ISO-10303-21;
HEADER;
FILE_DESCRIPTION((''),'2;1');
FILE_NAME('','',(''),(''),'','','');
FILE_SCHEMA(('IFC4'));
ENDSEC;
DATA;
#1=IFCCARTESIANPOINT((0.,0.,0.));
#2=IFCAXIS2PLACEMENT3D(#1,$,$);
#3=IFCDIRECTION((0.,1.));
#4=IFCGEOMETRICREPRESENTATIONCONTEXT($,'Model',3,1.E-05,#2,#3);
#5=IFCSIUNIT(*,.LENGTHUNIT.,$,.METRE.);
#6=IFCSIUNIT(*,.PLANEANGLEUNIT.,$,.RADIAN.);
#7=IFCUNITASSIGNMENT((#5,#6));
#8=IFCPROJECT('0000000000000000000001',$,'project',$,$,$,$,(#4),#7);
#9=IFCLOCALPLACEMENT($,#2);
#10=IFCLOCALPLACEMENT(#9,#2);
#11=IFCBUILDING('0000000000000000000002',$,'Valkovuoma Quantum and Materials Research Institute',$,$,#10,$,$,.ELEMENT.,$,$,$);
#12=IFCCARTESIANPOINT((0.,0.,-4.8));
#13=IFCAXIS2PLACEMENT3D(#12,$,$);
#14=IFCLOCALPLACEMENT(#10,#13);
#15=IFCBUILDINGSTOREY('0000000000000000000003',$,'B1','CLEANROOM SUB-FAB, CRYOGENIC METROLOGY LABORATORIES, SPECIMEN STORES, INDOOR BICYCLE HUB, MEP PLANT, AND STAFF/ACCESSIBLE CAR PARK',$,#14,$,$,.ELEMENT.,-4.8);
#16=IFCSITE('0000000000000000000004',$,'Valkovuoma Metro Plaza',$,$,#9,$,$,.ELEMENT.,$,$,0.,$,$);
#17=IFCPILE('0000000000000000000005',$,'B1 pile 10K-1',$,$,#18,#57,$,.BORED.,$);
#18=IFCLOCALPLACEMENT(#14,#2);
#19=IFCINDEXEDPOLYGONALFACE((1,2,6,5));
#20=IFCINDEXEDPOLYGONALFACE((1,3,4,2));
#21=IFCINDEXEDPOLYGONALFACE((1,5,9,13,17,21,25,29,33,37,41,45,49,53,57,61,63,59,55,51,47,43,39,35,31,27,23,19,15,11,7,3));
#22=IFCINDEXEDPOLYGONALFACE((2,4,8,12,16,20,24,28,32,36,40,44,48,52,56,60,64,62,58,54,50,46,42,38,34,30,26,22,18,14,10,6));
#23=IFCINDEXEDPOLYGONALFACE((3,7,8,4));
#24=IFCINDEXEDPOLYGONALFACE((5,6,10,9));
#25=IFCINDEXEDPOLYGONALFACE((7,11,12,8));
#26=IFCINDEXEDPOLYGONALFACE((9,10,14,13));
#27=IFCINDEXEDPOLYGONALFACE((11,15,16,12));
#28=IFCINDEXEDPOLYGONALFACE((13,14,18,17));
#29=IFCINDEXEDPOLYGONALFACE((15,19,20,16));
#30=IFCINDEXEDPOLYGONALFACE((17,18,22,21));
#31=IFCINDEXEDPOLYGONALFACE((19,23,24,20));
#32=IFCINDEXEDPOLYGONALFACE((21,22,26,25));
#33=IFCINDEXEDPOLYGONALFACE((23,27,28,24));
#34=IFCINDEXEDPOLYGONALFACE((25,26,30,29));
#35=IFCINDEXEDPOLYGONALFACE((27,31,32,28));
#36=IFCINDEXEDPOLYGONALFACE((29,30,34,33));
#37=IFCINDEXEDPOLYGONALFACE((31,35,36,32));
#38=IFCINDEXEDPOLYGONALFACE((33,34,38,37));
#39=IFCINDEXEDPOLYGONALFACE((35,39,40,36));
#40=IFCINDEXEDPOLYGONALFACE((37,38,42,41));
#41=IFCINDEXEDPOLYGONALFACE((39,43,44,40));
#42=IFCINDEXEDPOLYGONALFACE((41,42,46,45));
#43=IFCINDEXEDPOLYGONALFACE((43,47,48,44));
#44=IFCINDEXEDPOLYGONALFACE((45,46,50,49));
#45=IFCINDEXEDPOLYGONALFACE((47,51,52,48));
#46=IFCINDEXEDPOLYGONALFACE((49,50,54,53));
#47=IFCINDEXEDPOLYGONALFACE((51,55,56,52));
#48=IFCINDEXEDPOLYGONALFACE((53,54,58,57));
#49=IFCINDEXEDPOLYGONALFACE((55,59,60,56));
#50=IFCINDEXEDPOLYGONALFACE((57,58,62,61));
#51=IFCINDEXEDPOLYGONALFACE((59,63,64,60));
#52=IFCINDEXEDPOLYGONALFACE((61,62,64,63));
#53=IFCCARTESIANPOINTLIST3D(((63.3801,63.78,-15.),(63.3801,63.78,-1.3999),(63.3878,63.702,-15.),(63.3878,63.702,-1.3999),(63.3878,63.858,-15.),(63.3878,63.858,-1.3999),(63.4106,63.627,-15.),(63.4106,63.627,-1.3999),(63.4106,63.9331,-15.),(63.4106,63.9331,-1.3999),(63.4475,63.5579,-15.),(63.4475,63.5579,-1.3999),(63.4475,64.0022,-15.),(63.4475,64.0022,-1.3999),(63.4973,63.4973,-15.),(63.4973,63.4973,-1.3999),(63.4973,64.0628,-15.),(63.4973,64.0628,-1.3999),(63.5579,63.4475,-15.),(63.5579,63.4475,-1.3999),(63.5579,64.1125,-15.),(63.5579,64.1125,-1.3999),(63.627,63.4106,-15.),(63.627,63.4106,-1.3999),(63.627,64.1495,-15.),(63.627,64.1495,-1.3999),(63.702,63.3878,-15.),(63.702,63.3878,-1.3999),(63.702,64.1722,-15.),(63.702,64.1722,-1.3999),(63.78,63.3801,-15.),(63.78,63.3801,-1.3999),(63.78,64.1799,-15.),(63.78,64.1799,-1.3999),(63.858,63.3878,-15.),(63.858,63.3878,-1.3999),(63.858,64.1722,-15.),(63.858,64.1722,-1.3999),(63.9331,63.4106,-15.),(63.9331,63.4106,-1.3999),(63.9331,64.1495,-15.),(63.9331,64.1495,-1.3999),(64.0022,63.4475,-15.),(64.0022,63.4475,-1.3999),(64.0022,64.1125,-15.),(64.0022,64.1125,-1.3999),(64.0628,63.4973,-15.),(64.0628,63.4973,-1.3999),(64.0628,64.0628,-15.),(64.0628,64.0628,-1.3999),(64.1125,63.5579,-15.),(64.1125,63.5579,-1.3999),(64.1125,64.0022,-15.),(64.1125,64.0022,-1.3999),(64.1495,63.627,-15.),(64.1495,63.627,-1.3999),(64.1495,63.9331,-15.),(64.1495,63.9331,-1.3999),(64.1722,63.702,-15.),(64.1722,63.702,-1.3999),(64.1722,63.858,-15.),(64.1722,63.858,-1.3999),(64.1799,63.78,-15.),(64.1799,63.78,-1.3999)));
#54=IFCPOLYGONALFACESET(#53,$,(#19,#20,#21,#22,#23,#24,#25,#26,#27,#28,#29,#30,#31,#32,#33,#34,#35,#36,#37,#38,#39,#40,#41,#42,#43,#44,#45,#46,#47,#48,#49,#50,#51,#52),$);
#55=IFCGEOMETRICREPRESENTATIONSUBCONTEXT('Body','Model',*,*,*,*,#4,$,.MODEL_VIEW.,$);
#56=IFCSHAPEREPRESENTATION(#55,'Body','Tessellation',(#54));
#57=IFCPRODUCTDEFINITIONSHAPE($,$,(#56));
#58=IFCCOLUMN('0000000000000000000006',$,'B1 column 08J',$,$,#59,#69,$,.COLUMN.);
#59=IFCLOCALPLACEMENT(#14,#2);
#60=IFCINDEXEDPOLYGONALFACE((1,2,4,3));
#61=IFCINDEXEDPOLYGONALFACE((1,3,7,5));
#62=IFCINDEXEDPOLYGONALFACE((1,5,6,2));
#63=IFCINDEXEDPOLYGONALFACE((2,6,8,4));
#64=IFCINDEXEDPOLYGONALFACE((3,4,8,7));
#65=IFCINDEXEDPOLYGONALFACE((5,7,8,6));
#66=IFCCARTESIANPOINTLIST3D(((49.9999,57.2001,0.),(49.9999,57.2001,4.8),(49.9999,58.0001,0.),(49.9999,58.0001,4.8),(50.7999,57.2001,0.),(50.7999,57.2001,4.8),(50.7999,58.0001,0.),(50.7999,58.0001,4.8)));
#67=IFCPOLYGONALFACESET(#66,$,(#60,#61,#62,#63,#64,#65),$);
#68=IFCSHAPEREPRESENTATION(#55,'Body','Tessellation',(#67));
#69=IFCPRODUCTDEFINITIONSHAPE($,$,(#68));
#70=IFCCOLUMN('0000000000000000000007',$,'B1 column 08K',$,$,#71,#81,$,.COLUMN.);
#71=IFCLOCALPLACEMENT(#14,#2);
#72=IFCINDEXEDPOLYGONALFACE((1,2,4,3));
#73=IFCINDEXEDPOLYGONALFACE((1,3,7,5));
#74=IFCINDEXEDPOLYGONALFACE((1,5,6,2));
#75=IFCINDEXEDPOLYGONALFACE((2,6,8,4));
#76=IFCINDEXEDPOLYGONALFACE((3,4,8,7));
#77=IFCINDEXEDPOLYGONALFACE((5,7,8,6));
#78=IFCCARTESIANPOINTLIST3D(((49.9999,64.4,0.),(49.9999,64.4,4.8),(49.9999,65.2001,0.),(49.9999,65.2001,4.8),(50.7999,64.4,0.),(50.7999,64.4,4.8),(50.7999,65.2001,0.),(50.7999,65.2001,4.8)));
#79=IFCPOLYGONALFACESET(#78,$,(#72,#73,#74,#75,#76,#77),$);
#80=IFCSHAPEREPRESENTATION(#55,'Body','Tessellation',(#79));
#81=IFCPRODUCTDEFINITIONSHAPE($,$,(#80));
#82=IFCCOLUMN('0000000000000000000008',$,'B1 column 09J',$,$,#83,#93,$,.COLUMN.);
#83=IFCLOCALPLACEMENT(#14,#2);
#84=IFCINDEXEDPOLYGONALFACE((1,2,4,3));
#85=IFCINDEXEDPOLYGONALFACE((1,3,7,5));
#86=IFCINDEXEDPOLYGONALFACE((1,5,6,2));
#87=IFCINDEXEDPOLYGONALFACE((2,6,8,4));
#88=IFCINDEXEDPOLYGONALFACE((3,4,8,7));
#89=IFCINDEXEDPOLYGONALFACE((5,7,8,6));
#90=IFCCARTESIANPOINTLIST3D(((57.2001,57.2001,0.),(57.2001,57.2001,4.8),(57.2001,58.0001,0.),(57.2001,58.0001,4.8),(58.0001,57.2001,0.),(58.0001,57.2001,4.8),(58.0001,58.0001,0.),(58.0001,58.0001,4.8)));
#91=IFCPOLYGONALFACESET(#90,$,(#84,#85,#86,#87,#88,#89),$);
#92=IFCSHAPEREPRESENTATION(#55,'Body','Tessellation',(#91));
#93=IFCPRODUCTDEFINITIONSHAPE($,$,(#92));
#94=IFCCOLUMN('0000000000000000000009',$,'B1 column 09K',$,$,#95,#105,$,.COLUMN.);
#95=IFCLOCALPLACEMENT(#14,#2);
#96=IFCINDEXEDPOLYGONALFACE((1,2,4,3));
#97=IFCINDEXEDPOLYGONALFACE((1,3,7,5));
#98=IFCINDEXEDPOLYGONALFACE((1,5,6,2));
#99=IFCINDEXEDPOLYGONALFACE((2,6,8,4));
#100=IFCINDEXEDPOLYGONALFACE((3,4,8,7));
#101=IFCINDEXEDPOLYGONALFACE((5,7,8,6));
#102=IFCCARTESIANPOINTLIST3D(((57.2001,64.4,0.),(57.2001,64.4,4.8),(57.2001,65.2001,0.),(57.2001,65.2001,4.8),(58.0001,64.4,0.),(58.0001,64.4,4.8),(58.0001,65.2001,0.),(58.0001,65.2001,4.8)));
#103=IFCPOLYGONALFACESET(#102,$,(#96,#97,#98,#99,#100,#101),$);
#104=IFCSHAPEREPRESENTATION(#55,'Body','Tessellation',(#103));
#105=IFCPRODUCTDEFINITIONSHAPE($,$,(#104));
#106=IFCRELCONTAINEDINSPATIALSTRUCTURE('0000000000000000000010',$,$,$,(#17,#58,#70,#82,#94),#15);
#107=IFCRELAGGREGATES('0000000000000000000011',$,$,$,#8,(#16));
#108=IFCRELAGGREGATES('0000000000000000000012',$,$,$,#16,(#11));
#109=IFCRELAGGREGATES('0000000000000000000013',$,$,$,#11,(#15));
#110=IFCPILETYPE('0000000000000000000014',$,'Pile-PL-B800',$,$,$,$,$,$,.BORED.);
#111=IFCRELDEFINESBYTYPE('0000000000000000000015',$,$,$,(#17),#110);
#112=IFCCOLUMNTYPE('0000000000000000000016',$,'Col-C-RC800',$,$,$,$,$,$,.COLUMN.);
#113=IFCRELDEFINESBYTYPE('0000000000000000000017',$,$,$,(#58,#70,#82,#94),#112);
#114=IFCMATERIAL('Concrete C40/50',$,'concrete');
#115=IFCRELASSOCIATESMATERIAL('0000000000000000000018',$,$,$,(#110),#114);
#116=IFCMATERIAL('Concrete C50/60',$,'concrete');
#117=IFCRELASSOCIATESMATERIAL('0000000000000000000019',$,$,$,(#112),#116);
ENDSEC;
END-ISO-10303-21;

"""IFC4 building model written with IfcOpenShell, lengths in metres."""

from ifc_helpers import new_model, si_unit, direction, frame, origin, origin_2d, place, context, subcontext, project, spatial, rectangle, circle, extrude, material, material_profile, profile_set, type_object, element, save


model = new_model("IFC4")

# Units and contexts
model_context = context("Model", 3, precision=1e-05, world=origin(), true_north=direction((0.0, 1.0)))
body_context = subcontext(model_context, "Body", "Model", "MODEL_VIEW")
ifc_project = project(units=[si_unit("LENGTHUNIT", "METRE"), si_unit("PLANEANGLEUNIT", "RADIAN")], contexts=[model_context])

# Site, building, storey
site_placement = place(None, origin())
site = spatial("IfcSite", under=ifc_project, at=site_placement, Name="Valkovuoma Metro Plaza", CompositionType="ELEMENT", RefElevation=0.0)
building_placement = place(site_placement, origin())
building = spatial("IfcBuilding", under=site, at=building_placement, Name="Valkovuoma Quantum and Materials Research Institute", CompositionType="ELEMENT")
storey_placement = place(building_placement, frame((0.0, 0.0, -4.8)))
storey = spatial("IfcBuildingStorey", under=building, at=storey_placement, Name="B1", Description="CLEANROOM SUB-FAB, CRYOGENIC METROLOGY LABORATORIES, SPECIMEN STORES, INDOOR BICYCLE HUB, MEP PLANT, AND STAFF/ACCESSIBLE CAR PARK", CompositionType="ELEMENT", Elevation=-4.8)

# Pile
ifc_material_1 = material(Name="Concrete C40/50", Category="concrete")
ifc_material_profile_1 = material_profile(ifc_material_1, circle(Radius=0.3999, at=origin_2d()), Name="Concrete C40/50")
ifc_profile_set_1 = profile_set([ifc_material_profile_1], Name="Concrete C40/50")
pile_type_1 = type_object("IfcPileType", Name="Pile-PL-B800", PredefinedType="BORED", material=ifc_profile_set_1)
pile_1_placement = place(storey_placement, frame((63.78, 63.78, -1.3999), z_axis=(0.0, 0.0, -1.0), x_axis=(1.0, 0.0, 0.0)))
element("IfcPile", 1, at=pile_1_placement, inside=storey, type_object=pile_type_1, Name="B1 pile 10K-1", PredefinedType="BORED", context=body_context, shape_type="SweptSolid", body=[
    extrude(circle(Radius=0.3999, at=origin_2d()), origin(), (0.0, 0.0, 1.0), 13.6001),
])

# Columns
ifc_material_2 = material(Name="Concrete C50/60", Category="concrete")
ifc_material_profile_2 = material_profile(ifc_material_2, rectangle(XDim=0.8, YDim=0.8, at=origin_2d()), Name="Concrete C50/60")
ifc_profile_set_2 = profile_set([ifc_material_profile_2], Name="Concrete C50/60")
column_type = type_object("IfcColumnType", Name="Col-C-RC800", PredefinedType="COLUMN", material=ifc_profile_set_2)
for number, where, z_axis, x_axis, name in (
    (2, (50.3999, 57.6001, 0.0), (0.0, 0.0, 1.0), (1.0, 0.0, 0.0), "B1 column 08J"),
    (3, (50.3999, 64.8, 0.0), (0.0, 0.0, 1.0), (1.0, 0.0, 0.0), "B1 column 08K"),
    (4, (57.6001, 57.6001, 0.0), (0.0, 0.0, 1.0), (1.0, 0.0, 0.0), "B1 column 09J"),
    (5, (57.6001, 64.8, 0.0), (0.0, 0.0, 1.0), (1.0, 0.0, 0.0), "B1 column 09K"),
):
    element("IfcColumn", number, at=place(storey_placement, frame(where, z_axis=z_axis, x_axis=x_axis)), inside=storey, type_object=column_type, Name=name, PredefinedType="COLUMN", context=body_context, shape_type="SweptSolid", body=[
        extrude(rectangle(XDim=0.8, YDim=0.8, at=origin_2d()), origin(), (0.0, 0.0, 1.0), 4.8),
    ])

save(model, "model.ifc")
